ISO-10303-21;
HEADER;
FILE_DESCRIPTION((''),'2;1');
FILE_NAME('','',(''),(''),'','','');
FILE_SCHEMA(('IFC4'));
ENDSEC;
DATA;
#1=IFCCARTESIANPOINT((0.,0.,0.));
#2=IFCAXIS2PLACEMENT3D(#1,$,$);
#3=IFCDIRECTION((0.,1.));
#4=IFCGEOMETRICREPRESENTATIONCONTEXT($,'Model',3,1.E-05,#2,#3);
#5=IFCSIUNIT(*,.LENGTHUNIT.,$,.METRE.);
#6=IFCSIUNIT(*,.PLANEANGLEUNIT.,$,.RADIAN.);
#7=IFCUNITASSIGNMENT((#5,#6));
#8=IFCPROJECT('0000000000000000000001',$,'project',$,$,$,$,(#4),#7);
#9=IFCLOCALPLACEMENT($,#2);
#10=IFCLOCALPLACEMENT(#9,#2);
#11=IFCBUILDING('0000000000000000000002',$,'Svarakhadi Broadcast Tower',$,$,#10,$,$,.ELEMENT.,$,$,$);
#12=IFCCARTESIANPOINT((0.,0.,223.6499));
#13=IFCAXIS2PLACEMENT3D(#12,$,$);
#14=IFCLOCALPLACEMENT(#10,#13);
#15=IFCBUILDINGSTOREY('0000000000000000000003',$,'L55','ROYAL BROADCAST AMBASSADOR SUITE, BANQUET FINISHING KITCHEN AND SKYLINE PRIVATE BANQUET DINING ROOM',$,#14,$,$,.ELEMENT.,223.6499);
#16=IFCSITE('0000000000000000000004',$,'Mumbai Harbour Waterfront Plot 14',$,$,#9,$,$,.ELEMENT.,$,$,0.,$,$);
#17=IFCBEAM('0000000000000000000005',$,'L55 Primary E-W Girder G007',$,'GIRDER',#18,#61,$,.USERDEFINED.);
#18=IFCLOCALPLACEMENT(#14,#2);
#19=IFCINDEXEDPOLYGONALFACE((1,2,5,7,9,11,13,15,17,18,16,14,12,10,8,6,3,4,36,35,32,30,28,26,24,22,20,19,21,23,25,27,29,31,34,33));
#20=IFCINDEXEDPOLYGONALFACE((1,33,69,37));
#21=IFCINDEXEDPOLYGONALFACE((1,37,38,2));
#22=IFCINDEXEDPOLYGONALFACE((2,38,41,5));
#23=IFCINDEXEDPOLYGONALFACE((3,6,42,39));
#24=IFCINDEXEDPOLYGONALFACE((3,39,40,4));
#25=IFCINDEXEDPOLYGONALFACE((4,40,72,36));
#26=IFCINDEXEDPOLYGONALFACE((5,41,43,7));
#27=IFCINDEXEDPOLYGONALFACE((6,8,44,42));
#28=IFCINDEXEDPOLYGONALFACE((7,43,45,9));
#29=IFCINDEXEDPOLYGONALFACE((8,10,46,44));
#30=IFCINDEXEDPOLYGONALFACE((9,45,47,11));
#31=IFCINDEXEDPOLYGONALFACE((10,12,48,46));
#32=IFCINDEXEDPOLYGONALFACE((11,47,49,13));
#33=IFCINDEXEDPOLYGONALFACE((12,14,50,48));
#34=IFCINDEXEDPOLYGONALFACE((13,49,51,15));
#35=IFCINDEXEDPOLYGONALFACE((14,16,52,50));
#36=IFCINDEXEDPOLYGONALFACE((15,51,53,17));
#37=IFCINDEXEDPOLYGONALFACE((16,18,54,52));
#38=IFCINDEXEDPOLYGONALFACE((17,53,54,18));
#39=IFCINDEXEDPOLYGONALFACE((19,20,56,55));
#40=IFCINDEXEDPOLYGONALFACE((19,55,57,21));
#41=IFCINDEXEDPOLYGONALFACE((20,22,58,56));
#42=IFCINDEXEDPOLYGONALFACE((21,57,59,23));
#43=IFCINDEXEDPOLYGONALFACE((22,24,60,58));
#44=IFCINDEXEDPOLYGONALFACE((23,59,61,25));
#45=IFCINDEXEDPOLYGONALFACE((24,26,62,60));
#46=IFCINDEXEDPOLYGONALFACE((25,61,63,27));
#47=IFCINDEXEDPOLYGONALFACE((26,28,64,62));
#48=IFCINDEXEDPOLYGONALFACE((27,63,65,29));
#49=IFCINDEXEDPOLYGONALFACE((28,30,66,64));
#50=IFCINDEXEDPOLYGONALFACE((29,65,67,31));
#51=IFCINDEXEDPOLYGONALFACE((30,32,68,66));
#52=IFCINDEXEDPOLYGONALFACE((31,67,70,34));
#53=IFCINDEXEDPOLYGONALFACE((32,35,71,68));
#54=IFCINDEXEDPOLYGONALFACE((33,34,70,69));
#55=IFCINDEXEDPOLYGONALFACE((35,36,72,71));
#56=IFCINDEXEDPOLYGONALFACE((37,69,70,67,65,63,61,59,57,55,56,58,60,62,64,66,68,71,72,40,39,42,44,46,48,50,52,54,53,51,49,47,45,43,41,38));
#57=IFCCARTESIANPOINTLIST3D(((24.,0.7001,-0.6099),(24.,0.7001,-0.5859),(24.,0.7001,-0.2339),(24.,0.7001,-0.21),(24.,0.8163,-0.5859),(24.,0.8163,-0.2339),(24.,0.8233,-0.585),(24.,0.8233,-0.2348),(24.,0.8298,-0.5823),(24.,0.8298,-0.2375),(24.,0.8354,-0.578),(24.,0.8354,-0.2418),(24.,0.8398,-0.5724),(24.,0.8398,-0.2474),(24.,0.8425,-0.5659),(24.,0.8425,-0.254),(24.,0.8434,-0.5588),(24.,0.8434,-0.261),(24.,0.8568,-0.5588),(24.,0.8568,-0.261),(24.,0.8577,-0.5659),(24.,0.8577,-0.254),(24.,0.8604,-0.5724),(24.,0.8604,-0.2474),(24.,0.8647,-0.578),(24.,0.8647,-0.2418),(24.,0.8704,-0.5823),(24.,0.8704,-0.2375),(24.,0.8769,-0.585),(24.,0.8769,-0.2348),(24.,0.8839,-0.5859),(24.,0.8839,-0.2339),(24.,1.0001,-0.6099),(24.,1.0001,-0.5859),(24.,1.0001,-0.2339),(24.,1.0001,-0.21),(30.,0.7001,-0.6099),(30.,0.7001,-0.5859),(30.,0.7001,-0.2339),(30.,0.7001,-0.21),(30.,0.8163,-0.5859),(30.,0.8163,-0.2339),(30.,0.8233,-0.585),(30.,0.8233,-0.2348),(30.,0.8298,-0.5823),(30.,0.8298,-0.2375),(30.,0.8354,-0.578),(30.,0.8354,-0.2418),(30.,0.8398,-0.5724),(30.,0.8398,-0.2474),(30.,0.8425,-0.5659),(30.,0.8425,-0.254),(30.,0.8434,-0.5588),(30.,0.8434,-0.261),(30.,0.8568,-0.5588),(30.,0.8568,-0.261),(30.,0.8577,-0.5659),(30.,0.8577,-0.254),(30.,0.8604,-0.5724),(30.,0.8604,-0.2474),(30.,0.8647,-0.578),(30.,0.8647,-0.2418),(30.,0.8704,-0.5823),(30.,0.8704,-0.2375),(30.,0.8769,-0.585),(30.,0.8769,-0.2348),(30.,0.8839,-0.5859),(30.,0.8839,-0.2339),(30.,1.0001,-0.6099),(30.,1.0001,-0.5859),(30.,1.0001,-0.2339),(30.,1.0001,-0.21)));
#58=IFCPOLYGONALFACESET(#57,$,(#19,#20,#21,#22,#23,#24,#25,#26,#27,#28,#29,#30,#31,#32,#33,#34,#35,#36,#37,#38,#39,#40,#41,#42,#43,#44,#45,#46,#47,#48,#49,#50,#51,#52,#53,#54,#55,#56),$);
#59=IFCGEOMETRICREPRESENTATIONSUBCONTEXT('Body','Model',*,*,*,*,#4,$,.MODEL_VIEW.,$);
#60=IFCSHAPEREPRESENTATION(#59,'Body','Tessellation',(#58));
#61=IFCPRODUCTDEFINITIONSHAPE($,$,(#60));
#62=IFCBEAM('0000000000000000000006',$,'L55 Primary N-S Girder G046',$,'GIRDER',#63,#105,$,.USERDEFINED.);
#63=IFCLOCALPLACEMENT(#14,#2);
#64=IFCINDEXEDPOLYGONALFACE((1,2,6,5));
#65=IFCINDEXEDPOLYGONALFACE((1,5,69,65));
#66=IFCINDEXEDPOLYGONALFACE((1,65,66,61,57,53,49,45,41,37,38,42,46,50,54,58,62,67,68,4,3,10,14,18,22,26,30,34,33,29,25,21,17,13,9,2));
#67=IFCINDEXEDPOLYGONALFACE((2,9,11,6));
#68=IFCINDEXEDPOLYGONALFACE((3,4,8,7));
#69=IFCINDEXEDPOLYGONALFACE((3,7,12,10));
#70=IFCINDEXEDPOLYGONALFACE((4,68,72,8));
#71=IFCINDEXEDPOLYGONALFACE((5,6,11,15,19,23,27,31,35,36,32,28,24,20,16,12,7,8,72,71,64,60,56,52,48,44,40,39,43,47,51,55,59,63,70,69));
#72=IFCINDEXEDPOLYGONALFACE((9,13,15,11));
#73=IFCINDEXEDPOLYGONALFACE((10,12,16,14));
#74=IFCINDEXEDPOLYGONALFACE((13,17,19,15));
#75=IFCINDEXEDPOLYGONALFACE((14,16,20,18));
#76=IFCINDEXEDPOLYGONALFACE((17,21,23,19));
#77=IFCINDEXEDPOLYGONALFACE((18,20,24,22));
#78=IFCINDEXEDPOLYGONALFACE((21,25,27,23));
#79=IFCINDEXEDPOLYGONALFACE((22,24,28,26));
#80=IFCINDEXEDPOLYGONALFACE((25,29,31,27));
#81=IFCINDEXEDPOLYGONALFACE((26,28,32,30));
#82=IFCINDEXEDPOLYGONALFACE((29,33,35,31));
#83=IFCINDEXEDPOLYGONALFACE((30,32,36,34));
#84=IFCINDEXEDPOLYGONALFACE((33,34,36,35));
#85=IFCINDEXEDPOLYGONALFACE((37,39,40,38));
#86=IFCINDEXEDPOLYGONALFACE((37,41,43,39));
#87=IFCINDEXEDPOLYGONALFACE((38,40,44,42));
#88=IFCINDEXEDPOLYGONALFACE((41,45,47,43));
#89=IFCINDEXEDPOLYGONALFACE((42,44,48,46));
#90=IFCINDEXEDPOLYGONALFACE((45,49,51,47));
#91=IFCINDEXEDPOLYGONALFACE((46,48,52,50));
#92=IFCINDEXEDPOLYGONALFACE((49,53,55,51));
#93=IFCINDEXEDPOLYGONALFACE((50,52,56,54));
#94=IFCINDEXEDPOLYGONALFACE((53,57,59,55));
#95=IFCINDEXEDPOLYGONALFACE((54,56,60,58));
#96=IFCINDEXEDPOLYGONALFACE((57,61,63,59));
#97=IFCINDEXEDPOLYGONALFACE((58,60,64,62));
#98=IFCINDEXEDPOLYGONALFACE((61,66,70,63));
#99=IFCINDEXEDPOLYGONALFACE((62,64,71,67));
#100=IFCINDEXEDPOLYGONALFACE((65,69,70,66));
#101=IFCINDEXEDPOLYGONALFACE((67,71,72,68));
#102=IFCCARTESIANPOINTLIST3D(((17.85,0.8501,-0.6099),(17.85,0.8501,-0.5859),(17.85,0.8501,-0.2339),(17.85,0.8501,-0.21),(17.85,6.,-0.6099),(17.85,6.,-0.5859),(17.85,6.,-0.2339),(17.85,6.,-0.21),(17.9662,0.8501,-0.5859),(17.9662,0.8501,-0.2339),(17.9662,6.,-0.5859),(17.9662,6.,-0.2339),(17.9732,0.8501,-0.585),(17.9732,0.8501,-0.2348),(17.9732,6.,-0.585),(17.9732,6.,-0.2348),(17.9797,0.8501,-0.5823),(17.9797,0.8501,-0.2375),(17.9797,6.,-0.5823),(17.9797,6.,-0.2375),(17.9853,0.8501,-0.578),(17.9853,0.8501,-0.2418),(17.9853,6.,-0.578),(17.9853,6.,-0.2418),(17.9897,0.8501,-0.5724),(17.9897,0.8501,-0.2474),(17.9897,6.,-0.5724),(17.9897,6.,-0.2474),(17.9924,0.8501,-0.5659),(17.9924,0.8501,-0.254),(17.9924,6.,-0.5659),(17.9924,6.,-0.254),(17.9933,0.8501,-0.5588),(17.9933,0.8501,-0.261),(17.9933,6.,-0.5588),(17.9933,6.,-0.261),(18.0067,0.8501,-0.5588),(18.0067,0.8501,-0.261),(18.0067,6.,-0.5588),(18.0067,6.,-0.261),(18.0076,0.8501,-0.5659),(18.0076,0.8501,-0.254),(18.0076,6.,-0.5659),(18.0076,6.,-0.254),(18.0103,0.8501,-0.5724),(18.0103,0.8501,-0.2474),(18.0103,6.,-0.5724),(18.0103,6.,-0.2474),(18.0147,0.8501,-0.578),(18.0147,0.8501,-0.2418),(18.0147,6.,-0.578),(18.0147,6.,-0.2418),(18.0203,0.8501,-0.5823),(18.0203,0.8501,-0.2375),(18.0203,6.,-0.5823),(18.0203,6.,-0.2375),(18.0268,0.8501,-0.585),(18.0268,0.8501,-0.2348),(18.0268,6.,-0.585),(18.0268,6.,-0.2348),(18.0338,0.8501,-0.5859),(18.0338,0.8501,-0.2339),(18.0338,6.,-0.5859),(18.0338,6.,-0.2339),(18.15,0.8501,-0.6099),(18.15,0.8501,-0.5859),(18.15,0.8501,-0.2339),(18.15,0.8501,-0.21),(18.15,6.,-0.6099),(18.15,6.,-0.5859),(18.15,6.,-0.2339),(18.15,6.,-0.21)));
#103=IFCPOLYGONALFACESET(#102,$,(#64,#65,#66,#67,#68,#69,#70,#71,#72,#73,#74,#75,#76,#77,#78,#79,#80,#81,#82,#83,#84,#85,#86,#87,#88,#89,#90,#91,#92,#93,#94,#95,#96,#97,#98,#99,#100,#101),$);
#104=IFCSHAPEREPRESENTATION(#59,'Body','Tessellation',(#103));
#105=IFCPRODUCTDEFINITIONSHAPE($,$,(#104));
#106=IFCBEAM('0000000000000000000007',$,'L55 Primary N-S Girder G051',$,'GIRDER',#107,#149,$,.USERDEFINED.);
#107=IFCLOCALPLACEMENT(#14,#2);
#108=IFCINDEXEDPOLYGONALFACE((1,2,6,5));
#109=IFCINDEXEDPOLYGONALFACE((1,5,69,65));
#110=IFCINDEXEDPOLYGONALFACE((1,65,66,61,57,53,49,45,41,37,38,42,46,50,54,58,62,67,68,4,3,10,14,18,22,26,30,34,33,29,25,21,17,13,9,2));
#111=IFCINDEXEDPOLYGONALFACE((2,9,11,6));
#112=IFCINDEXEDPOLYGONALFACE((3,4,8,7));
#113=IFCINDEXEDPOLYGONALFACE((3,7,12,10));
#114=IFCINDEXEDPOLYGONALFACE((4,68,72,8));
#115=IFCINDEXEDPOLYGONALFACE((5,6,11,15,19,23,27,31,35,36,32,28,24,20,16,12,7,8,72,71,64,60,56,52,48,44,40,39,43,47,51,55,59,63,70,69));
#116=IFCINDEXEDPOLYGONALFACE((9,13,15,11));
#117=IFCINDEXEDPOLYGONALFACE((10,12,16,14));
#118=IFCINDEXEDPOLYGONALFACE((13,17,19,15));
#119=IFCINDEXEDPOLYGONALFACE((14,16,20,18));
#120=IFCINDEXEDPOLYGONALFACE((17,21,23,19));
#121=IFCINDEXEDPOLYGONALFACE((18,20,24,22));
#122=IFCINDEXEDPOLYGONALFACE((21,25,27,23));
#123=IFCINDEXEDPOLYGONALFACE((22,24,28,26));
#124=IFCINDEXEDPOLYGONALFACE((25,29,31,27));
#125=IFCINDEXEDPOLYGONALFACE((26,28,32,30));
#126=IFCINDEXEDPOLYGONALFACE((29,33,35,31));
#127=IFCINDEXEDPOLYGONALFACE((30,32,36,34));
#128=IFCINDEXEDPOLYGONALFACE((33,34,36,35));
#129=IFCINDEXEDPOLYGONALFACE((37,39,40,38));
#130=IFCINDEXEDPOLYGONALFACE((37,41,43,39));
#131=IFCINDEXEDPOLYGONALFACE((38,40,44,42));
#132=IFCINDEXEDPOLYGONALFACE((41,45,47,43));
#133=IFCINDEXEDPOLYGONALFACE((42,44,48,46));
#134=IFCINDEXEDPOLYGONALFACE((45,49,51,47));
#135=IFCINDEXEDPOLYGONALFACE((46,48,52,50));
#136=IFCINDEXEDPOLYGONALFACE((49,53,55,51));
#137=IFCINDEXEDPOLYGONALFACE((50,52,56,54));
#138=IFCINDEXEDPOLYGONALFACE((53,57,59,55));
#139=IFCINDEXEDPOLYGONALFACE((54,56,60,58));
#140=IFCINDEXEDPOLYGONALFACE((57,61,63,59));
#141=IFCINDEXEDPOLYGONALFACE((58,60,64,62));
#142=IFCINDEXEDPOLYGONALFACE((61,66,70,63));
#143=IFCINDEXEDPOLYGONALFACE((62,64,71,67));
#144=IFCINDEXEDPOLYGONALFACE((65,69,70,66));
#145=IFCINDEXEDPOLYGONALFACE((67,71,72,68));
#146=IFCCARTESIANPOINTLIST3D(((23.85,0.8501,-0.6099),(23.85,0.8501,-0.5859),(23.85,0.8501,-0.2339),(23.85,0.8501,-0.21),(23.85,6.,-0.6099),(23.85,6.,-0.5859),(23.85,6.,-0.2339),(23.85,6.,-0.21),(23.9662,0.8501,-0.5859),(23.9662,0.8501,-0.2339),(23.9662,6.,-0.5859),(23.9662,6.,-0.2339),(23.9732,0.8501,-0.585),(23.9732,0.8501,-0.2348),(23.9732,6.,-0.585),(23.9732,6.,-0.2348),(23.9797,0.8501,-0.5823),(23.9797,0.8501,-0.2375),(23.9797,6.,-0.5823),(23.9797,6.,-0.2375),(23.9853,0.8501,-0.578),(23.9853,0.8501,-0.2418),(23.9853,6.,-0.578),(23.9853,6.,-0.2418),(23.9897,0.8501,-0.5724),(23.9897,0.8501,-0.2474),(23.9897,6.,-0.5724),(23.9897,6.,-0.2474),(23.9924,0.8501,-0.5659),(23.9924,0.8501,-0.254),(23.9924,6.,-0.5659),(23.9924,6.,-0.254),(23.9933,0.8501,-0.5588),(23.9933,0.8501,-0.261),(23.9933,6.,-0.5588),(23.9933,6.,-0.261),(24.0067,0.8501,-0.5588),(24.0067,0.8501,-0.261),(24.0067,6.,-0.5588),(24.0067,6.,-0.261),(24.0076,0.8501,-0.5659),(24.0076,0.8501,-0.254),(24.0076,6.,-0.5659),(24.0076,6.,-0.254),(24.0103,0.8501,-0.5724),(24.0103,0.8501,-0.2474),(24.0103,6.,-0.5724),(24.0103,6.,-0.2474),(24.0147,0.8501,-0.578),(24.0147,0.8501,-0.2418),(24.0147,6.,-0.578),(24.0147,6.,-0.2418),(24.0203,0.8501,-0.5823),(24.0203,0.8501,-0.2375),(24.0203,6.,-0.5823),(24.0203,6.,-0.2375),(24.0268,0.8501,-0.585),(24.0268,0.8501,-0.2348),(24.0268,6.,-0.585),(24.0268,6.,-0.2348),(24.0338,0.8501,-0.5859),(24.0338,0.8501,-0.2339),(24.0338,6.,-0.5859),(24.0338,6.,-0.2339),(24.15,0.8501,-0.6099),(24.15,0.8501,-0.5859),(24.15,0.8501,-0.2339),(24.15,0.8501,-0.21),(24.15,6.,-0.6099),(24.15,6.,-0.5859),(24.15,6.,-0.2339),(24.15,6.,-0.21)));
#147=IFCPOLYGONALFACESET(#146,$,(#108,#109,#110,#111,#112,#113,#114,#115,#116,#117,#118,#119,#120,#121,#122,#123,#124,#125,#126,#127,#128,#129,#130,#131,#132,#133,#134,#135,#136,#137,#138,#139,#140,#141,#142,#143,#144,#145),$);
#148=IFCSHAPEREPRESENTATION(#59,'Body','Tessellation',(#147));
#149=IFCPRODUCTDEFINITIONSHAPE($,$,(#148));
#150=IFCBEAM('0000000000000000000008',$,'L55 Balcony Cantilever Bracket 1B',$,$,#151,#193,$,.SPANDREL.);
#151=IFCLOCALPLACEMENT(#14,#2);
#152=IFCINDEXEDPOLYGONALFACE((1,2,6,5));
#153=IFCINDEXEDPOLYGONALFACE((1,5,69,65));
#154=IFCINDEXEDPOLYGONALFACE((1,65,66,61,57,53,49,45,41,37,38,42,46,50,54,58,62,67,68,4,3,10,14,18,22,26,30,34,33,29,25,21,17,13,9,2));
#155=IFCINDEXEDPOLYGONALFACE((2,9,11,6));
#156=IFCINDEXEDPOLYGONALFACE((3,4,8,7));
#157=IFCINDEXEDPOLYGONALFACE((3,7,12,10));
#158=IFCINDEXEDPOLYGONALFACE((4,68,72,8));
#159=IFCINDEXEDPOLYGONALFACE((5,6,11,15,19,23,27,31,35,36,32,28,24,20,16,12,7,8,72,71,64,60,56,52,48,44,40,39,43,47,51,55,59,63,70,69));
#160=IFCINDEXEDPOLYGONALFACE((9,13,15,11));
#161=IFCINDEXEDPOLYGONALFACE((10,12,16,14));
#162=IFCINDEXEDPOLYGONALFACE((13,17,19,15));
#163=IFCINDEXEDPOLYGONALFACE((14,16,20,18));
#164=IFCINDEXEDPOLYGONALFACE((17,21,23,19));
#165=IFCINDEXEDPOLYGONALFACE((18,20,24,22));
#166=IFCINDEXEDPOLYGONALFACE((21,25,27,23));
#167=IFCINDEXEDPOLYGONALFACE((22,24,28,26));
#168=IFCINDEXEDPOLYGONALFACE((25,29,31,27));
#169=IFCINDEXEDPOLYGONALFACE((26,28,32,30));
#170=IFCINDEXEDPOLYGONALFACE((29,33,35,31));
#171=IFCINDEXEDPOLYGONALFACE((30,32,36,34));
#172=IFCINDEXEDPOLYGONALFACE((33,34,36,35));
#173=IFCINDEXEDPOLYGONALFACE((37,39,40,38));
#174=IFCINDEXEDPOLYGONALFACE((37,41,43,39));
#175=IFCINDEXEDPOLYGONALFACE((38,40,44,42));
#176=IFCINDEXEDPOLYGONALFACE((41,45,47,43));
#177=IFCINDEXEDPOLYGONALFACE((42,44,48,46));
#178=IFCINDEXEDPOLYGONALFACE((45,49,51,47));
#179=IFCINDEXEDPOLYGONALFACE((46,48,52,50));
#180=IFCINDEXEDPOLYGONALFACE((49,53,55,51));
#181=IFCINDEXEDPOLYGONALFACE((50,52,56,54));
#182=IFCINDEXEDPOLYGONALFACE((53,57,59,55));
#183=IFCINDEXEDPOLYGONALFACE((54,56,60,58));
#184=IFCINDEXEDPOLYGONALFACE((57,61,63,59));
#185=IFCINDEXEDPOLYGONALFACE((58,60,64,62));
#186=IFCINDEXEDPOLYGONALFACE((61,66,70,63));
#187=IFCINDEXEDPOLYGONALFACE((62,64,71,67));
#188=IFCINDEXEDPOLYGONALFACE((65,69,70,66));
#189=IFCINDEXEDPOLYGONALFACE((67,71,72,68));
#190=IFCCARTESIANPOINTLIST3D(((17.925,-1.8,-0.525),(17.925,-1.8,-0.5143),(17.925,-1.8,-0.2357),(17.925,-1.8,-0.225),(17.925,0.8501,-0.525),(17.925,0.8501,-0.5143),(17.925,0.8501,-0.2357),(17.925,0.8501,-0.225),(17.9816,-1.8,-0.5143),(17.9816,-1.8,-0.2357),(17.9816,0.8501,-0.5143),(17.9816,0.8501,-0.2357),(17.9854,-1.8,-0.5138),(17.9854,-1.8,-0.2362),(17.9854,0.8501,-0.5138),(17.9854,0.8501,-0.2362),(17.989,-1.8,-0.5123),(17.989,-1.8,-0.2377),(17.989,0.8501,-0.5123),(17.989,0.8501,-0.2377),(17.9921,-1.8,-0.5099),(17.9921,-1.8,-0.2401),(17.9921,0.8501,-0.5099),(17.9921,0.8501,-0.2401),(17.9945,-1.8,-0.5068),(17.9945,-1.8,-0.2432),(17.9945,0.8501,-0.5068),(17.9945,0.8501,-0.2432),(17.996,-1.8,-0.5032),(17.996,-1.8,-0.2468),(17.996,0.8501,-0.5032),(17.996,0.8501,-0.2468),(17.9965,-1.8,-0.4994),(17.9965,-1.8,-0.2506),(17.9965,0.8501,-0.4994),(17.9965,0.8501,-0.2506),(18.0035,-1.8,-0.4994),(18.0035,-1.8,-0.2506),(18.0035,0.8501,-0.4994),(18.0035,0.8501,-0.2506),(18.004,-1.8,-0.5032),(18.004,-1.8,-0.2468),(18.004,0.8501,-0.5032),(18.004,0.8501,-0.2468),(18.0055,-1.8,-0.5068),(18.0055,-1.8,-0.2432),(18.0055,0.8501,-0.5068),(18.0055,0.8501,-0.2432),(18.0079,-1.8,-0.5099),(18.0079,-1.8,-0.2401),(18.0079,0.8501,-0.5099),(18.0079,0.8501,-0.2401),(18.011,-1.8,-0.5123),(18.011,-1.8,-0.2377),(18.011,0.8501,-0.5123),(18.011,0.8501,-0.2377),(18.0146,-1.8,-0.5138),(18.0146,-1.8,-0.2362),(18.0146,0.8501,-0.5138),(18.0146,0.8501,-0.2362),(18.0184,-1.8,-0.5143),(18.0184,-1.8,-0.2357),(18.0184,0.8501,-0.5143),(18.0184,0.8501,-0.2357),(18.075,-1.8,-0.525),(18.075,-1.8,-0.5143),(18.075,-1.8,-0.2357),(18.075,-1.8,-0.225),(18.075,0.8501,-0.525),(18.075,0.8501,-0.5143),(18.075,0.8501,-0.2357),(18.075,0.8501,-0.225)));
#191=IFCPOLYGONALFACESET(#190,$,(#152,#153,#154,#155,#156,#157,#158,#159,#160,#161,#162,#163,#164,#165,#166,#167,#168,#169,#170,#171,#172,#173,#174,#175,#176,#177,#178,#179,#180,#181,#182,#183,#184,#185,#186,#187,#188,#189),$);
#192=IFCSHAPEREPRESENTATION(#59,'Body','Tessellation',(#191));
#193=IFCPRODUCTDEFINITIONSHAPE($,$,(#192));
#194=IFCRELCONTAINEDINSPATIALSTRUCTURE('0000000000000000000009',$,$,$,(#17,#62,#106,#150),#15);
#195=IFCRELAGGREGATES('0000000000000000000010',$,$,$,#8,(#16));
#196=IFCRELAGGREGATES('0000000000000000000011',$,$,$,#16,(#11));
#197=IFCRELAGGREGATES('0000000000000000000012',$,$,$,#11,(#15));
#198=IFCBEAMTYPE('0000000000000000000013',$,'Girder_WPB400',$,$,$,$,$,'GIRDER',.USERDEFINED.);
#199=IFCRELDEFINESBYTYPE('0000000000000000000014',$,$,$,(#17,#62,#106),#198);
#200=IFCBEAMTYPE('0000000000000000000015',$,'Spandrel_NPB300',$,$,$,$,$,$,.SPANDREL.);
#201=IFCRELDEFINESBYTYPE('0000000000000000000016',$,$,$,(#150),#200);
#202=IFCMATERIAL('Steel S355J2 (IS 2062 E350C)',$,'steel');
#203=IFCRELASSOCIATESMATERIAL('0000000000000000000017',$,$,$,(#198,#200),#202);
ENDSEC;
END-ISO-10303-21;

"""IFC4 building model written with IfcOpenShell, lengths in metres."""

from ifc_helpers import new_model, si_unit, direction, frame, origin, origin_2d, place, context, subcontext, project, spatial, i_section, extrude, material, material_profile, profile_set, type_object, element, save


model = new_model("IFC4")

# Units and contexts
model_context = context("Model", 3, precision=1e-05, world=origin(), true_north=direction((0.0, 1.0)))
body_context = subcontext(model_context, "Body", "Model", "MODEL_VIEW")
ifc_project = project(units=[si_unit("LENGTHUNIT", "METRE"), si_unit("PLANEANGLEUNIT", "RADIAN")], contexts=[model_context])

# Site, building, storey
site_placement = place(None, origin())
site = spatial("IfcSite", under=ifc_project, at=site_placement, Name="Mumbai Harbour Waterfront Plot 14", CompositionType="ELEMENT", RefElevation=0.0)
building_placement = place(site_placement, origin())
building = spatial("IfcBuilding", under=site, at=building_placement, Name="Svarakhadi Broadcast Tower", CompositionType="ELEMENT")
storey_placement = place(building_placement, frame((0.0, 0.0, 223.6499)))
storey = spatial("IfcBuildingStorey", under=building, at=storey_placement, Name="L55", Description="ROYAL BROADCAST AMBASSADOR SUITE, BANQUET FINISHING KITCHEN AND SKYLINE PRIVATE BANQUET DINING ROOM", CompositionType="ELEMENT", Elevation=223.6499)

# Beams
ifc_material_1 = material(Name="Steel S355J2 (IS 2062 E350C)", Category="steel")
ifc_material_profile_1 = material_profile(ifc_material_1, i_section(OverallWidth=0.3, OverallDepth=0.3999, WebThickness=0.0134, FlangeThickness=0.0239, FilletRadius=0.0271, at=origin_2d()), Name="WPB 400x300x155")
ifc_profile_set_1 = profile_set([ifc_material_profile_1], Name="Steel S355J2 (IS 2062 E350C)")
beam_type_1 = type_object("IfcBeamType", Name="Girder_WPB400", ElementType="GIRDER", PredefinedType="USERDEFINED", material=ifc_profile_set_1)
for number, where, z_axis, x_axis, name in (
    (1, (24.0, 0.8501, -0.4099), (1.0, 0.0, 0.0), (0.0, 1.0, 0.0), "L55 Primary E-W Girder G007"),
):
    element("IfcBeam", number, at=place(storey_placement, frame(where, z_axis=z_axis, x_axis=x_axis)), inside=storey, type_object=beam_type_1, Name=name, ObjectType="GIRDER", PredefinedType="USERDEFINED", context=body_context, shape_type="SweptSolid", body=[
        extrude(i_section(OverallWidth=0.3, OverallDepth=0.3999, WebThickness=0.0134, FlangeThickness=0.0239, FilletRadius=0.0271, at=origin_2d()), origin(), (0.0, 0.0, 1.0), 6.0),
    ])
for number, where, z_axis, x_axis, name in (
    (2, (18.0, 0.8501, -0.4099), (0.0, 1.0, 0.0), (-1.0, 0.0, 0.0), "L55 Primary N-S Girder G046"),
    (3, (24.0, 0.8501, -0.4099), (0.0, 1.0, 0.0), (-1.0, 0.0, 0.0), "L55 Primary N-S Girder G051"),
):
    element("IfcBeam", number, at=place(storey_placement, frame(where, z_axis=z_axis, x_axis=x_axis)), inside=storey, type_object=beam_type_1, Name=name, ObjectType="GIRDER", PredefinedType="USERDEFINED", context=body_context, shape_type="SweptSolid", body=[
        extrude(i_section(OverallWidth=0.3, OverallDepth=0.3999, WebThickness=0.0134, FlangeThickness=0.0239, FilletRadius=0.0271, at=origin_2d()), origin(), (0.0, 0.0, 1.0), 5.1499),
    ])
ifc_material_profile_2 = material_profile(ifc_material_1, i_section(OverallWidth=0.1499, OverallDepth=0.3, WebThickness=0.0071, FlangeThickness=0.0107, FilletRadius=0.0149, at=origin_2d()), Name="NPB 300x150x37")
ifc_profile_set_2 = profile_set([ifc_material_profile_2], Name="Steel S355J2 (IS 2062 E350C)")
beam_type_2 = type_object("IfcBeamType", Name="Spandrel_NPB300", PredefinedType="SPANDREL", material=ifc_profile_set_2)
beam_placement = place(storey_placement, frame((18.0, 0.8501, -0.375), z_axis=(0.0, -1.0, 0.0), x_axis=(1.0, 0.0, 0.0)))
element("IfcBeam", 4, at=beam_placement, inside=storey, type_object=beam_type_2, Name="L55 Balcony Cantilever Bracket 1B", PredefinedType="SPANDREL", context=body_context, shape_type="SweptSolid", body=[
    extrude(i_section(OverallWidth=0.1499, OverallDepth=0.3, WebThickness=0.0071, FlangeThickness=0.0107, FilletRadius=0.0149, at=origin_2d()), origin(), (0.0, 0.0, 1.0), 2.6501),
])

save(model, "model.ifc")
